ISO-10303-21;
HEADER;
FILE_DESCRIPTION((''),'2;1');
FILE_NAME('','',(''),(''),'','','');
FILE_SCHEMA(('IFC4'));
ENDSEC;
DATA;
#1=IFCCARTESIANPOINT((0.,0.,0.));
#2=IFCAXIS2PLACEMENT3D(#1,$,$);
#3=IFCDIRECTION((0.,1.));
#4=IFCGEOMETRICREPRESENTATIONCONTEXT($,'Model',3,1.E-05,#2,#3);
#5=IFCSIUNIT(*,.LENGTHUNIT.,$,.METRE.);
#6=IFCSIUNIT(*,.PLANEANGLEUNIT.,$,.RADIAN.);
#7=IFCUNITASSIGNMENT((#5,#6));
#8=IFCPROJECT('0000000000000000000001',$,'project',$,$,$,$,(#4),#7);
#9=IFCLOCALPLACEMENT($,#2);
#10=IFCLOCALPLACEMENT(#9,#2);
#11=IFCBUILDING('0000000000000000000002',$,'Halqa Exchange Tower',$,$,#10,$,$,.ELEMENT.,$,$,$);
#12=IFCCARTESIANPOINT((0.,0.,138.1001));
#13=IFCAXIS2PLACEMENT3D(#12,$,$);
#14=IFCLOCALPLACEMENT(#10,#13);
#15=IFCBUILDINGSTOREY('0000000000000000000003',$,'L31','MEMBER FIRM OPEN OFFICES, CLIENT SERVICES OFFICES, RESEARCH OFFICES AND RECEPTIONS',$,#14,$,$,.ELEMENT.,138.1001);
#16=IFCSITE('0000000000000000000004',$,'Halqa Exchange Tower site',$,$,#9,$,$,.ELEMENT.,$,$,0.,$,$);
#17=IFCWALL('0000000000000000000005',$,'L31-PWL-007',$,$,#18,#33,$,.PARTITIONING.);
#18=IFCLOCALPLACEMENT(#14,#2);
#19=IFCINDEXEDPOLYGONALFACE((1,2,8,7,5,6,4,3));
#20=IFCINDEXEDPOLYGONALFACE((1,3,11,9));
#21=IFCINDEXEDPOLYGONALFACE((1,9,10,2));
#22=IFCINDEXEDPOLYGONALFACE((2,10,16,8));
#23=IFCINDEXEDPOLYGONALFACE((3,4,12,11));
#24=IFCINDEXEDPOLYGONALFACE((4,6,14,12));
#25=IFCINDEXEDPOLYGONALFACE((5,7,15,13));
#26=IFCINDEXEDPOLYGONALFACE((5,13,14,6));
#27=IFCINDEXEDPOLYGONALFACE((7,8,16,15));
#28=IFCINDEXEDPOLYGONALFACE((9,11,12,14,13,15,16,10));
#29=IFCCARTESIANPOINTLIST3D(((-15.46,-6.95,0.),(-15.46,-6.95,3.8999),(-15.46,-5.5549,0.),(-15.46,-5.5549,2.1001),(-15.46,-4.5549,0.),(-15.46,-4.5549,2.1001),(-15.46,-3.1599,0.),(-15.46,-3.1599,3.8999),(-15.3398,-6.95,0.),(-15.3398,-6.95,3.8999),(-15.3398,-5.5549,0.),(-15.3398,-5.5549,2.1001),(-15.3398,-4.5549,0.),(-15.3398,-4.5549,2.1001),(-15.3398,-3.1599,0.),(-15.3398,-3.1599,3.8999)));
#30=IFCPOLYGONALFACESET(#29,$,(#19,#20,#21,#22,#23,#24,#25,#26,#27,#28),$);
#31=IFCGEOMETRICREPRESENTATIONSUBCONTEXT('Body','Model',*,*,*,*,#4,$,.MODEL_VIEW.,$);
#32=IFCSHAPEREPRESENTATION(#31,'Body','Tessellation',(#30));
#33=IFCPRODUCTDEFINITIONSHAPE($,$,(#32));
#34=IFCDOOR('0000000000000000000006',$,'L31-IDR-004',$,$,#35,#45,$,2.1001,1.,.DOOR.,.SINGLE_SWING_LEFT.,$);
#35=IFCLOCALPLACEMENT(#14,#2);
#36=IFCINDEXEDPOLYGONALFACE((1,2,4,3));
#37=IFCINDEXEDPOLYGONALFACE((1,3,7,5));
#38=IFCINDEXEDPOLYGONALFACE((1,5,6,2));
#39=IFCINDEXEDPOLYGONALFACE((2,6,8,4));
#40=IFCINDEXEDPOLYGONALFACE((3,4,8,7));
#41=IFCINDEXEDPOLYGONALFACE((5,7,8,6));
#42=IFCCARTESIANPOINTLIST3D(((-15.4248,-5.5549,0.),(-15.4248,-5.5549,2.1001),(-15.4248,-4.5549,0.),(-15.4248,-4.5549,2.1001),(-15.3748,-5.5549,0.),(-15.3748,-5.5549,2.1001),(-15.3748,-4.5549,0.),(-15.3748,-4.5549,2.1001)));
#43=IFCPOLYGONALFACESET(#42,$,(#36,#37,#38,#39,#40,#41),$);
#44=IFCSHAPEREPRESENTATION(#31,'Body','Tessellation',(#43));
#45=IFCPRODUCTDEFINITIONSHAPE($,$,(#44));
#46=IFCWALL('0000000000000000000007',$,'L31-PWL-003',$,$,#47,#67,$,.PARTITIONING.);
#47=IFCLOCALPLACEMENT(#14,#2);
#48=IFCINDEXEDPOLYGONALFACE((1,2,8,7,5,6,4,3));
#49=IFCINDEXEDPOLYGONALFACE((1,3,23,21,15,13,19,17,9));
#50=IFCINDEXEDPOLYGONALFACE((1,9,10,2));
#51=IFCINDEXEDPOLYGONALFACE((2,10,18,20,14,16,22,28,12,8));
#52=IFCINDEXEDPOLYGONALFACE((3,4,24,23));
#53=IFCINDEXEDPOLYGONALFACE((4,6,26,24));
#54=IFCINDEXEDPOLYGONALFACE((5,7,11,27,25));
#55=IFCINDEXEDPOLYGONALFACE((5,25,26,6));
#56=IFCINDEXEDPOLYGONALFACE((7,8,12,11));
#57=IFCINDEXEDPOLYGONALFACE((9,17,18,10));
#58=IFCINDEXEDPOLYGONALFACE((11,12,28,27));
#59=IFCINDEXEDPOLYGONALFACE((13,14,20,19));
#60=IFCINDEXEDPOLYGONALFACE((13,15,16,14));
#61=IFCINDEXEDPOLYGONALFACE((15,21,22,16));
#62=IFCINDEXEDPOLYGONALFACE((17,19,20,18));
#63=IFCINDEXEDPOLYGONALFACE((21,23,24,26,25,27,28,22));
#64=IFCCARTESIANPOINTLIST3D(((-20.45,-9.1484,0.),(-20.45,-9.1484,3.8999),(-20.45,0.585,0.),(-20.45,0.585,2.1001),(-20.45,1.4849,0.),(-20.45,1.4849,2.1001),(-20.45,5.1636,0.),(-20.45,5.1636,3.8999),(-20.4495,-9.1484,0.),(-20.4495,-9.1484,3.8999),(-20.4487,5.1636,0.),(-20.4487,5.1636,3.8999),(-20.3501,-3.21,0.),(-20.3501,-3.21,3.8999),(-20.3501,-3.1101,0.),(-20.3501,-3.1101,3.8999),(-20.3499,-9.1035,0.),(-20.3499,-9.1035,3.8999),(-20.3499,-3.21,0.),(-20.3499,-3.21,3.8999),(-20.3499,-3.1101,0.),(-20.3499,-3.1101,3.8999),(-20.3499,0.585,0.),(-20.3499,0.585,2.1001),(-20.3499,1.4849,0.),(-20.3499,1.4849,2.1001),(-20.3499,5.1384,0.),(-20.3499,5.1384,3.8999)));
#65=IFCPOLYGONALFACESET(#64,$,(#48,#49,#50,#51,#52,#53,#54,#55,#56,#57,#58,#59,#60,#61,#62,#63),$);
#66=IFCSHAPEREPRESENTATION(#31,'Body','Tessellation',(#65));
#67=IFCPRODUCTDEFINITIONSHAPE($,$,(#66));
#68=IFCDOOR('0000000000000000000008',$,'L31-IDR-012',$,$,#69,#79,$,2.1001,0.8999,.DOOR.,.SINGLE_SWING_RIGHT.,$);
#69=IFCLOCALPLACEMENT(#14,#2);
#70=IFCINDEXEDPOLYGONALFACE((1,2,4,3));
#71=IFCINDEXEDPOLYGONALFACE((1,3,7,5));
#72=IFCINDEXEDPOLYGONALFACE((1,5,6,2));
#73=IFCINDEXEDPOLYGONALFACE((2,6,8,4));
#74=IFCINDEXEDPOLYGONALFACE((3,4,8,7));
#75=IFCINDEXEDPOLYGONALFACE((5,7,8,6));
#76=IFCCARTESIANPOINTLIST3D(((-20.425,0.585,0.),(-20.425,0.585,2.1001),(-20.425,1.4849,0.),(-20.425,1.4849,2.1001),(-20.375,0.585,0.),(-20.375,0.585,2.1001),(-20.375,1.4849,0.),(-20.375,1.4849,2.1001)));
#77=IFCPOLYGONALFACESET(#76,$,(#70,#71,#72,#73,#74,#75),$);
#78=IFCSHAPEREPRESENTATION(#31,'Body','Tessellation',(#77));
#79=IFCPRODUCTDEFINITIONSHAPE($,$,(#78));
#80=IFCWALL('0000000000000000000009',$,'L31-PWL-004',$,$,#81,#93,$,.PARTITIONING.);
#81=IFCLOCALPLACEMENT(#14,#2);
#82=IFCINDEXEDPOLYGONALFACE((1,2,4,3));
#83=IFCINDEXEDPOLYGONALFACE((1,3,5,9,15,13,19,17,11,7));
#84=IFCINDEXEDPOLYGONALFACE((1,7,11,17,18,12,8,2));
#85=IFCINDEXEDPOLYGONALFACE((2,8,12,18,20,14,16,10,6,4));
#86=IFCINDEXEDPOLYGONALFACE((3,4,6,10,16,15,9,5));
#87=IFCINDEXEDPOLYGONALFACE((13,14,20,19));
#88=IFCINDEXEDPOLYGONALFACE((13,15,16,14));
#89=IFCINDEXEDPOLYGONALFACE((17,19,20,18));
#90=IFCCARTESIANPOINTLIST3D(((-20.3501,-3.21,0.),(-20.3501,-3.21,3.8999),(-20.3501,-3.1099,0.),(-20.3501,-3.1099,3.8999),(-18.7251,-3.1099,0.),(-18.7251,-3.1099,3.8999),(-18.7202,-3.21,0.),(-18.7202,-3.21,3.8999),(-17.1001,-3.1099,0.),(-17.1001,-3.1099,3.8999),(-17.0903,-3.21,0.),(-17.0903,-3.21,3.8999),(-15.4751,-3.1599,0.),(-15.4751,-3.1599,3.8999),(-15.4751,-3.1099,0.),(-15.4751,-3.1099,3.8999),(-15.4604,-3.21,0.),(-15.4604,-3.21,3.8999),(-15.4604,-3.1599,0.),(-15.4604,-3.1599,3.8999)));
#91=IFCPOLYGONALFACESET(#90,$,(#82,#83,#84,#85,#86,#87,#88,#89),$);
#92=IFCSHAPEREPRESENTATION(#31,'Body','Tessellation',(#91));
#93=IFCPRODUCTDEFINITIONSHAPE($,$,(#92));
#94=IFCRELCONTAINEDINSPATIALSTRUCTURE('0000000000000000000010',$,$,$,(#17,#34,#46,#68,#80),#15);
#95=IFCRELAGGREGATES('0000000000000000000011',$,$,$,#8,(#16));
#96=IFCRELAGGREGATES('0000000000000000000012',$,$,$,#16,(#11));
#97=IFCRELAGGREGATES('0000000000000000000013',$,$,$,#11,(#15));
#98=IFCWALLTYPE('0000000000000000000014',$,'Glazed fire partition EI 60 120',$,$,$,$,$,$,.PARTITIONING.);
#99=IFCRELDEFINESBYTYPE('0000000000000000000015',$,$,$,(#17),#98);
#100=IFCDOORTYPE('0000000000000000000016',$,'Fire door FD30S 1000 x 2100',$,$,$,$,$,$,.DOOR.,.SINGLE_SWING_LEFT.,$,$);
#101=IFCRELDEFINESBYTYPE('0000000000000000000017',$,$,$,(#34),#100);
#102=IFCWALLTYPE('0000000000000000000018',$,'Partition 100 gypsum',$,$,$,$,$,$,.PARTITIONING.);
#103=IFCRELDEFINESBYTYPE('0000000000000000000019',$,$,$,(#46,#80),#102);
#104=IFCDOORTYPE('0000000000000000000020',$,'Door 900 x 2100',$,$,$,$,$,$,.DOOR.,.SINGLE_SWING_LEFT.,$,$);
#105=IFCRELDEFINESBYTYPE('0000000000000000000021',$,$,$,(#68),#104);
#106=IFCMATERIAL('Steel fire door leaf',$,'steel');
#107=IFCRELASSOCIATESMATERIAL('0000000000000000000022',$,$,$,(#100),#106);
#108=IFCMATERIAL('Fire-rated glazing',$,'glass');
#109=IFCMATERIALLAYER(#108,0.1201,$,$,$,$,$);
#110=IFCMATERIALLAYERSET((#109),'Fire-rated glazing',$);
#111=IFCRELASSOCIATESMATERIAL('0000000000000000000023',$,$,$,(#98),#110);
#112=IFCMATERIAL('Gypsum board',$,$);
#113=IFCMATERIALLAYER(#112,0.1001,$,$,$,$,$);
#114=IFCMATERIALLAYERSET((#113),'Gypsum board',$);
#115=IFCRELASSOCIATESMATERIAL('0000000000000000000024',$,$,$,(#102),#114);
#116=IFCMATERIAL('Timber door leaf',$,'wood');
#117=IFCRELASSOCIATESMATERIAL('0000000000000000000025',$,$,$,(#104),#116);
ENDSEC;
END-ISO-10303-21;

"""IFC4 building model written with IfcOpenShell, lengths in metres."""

from ifc_helpers import new_model, si_unit, direction, frame, frame_2d, origin, place, context, subcontext, project, spatial, polyline, rectangle, outline, extrude, material, layer, layer_set, type_object, element, fill, save


model = new_model("IFC4")

# Units and contexts
model_context = context("Model", 3, precision=1e-05, world=origin(), true_north=direction((0.0, 1.0)))
body_context = subcontext(model_context, "Body", "Model", "MODEL_VIEW")
ifc_project = project(units=[si_unit("LENGTHUNIT", "METRE"), si_unit("PLANEANGLEUNIT", "RADIAN")], contexts=[model_context])

# Site, building, storey
site_placement = place(None, origin())
site = spatial("IfcSite", under=ifc_project, at=site_placement, Name="Halqa Exchange Tower site", CompositionType="ELEMENT", RefElevation=0.0)
building_placement = place(site_placement, origin())
building = spatial("IfcBuilding", under=site, at=building_placement, Name="Halqa Exchange Tower", CompositionType="ELEMENT")
storey_placement = place(building_placement, frame((0.0, 0.0, 138.1001)))
storey = spatial("IfcBuildingStorey", under=building, at=storey_placement, Name="L31", Description="MEMBER FIRM OPEN OFFICES, CLIENT SERVICES OFFICES, RESEARCH OFFICES AND RECEPTIONS", CompositionType="ELEMENT", Elevation=138.1001)

# Shared definitions
ifc_material_1 = material(Name="Steel fire door leaf", Category="steel")
door_type_1 = type_object("IfcDoorType", Name="Fire door FD30S 1000 x 2100", OperationType="SINGLE_SWING_LEFT", PredefinedType="DOOR", material=ifc_material_1)

# Walls, openings, doors
ifc_material_2 = material(Name="Fire-rated glazing", Category="glass")
ifc_layer_1 = layer(ifc_material_2, 0.1201)
ifc_layer_set_1 = layer_set([ifc_layer_1], Name="Fire-rated glazing")
wall_type_1 = type_object("IfcWallType", Name="Glazed fire partition EI 60 120", PredefinedType="PARTITIONING", material=ifc_layer_set_1)
wall_1_placement = place(storey_placement, frame((-15.3999, -6.95, 0.0), z_axis=(0.0, 0.0, 1.0), x_axis=(0.0, 1.0, 0.0)))
wall_1 = element("IfcWall", 1, at=wall_1_placement, inside=storey, type_object=wall_type_1, Name="L31-PWL-007", PredefinedType="PARTITIONING", context=body_context, shape_type="SweptSolid", body=[
    extrude(rectangle(XDim=3.79, YDim=0.1201, at=frame_2d((1.895, 0.0))), origin(), (0.0, 0.0, 1.0), 3.8999),
])
opening_1_placement = place(wall_1_placement, frame((1.395, 0.0, 0.0)))
opening_1 = element("IfcOpeningElement", 2, at=opening_1_placement, cuts=wall_1, PredefinedType="OPENING", context=body_context, shape_type="SweptSolid", body=[
    extrude(rectangle(XDim=1.0, YDim=2.1001, at=frame_2d((0.5, 1.05))), frame((0.0, 0.072, 0.0), z_axis=(0.0, -1.0, 0.0), x_axis=(1.0, 0.0, 0.0)), (0.0, 0.0, 1.0), 0.144),
])
door_1_placement = place(opening_1_placement, origin())
door_1 = element("IfcDoor", 3, at=door_1_placement, inside=storey, type_object=door_type_1, Name="L31-IDR-004", OperationType="SINGLE_SWING_LEFT", OverallHeight=2.1001, OverallWidth=1.0, PredefinedType="DOOR", context=body_context, shape_type="SweptSolid", body=[
    extrude(rectangle(XDim=1.0, YDim=2.1001, at=frame_2d((0.5, 1.05))), frame((0.0, 0.0249, 0.0), z_axis=(0.0, -1.0, 0.0), x_axis=(1.0, 0.0, 0.0)), (0.0, 0.0, 1.0), 0.05),
])
fill(opening_1, door_1)
ifc_material_3 = material(Name="Gypsum board")
ifc_layer_2 = layer(ifc_material_3, 0.1001)
ifc_layer_set_2 = layer_set([ifc_layer_2], Name="Gypsum board")
wall_type_2 = type_object("IfcWallType", Name="Partition 100 gypsum", PredefinedType="PARTITIONING", material=ifc_layer_set_2)
wall_2_placement = place(storey_placement, frame((-20.3999, -9.1484, 0.0), z_axis=(0.0, 0.0, 1.0), x_axis=(0.0, 1.0, 0.0)))
wall_2 = element("IfcWall", 4, at=wall_2_placement, inside=storey, type_object=wall_type_2, Name="L31-PWL-003", PredefinedType="PARTITIONING", context=body_context, shape_type="SweptSolid", body=[
    extrude(outline(polyline([(0.0449, -0.05), (2.0095, -0.05), (3.9739, -0.05), (5.9385, -0.05), (5.9385, -0.0498), (6.0383, -0.0498), (6.0383, -0.05), (7.688, -0.05), (9.3379, -0.05), (10.9875, -0.05), (12.6372, -0.05), (14.2869, -0.05), (14.312, 0.0488), (14.312, 0.05), (12.5229, 0.05), (10.7339, 0.05), (8.9451, 0.05), (7.156, 0.05), (5.3669, 0.05), (3.5781, 0.05), (1.7891, 0.05), (0.0, 0.05), (0.0, 0.0496), (0.0449, -0.05)])), origin(), (0.0, 0.0, 1.0), 3.8999),
])
opening_2_placement = place(wall_2_placement, frame((9.7334, 0.0, 0.0)))
opening_2 = element("IfcOpeningElement", 5, at=opening_2_placement, cuts=wall_2, PredefinedType="OPENING", context=body_context, shape_type="SweptSolid", body=[
    extrude(rectangle(XDim=0.8999, YDim=2.1001, at=frame_2d((0.45, 1.05))), frame((0.0, 0.062, 0.0), z_axis=(0.0, -1.0, 0.0), x_axis=(1.0, 0.0, 0.0)), (0.0, 0.0, 1.0), 0.124),
])
ifc_material_4 = material(Name="Timber door leaf", Category="wood")
door_type_2 = type_object("IfcDoorType", Name="Door 900 x 2100", OperationType="SINGLE_SWING_LEFT", PredefinedType="DOOR", material=ifc_material_4)
door_2_placement = place(opening_2_placement, frame((0.8999, 0.0, 0.0), z_axis=(0.0, 0.0, 1.0), x_axis=(-1.0, 0.0, 0.0)))
door_2 = element("IfcDoor", 6, at=door_2_placement, inside=storey, type_object=door_type_2, Name="L31-IDR-012", OperationType="SINGLE_SWING_RIGHT", OverallHeight=2.1001, OverallWidth=0.8999, PredefinedType="DOOR", context=body_context, shape_type="SweptSolid", body=[
    extrude(rectangle(XDim=0.8999, YDim=2.1001, at=frame_2d((0.45, 1.05))), frame((0.0, 0.0249, 0.0), z_axis=(0.0, -1.0, 0.0), x_axis=(1.0, 0.0, 0.0)), (0.0, 0.0, 1.0), 0.05),
])
fill(opening_2, door_2)

# Wall
wall_3_placement = place(storey_placement, frame((-20.3501, -3.1599, 0.0), z_axis=(0.0, 0.0, 1.0), x_axis=(1.0, 0.0, 0.0)))
element("IfcWall", 7, at=wall_3_placement, inside=storey, type_object=wall_type_2, Name="L31-PWL-004", PredefinedType="PARTITIONING", context=body_context, shape_type="SweptSolid", body=[
    extrude(outline(polyline([(4.8896, -0.05), (4.8896, 0.0), (4.875, 0.0), (4.875, 0.05), (3.25, 0.05), (1.625, 0.05), (0.0, 0.05), (0.0, -0.05), (1.6299, -0.05), (3.2598, -0.05), (4.8896, -0.05)])), origin(), (0.0, 0.0, 1.0), 3.8999),
])

save(model, "model.ifc")
